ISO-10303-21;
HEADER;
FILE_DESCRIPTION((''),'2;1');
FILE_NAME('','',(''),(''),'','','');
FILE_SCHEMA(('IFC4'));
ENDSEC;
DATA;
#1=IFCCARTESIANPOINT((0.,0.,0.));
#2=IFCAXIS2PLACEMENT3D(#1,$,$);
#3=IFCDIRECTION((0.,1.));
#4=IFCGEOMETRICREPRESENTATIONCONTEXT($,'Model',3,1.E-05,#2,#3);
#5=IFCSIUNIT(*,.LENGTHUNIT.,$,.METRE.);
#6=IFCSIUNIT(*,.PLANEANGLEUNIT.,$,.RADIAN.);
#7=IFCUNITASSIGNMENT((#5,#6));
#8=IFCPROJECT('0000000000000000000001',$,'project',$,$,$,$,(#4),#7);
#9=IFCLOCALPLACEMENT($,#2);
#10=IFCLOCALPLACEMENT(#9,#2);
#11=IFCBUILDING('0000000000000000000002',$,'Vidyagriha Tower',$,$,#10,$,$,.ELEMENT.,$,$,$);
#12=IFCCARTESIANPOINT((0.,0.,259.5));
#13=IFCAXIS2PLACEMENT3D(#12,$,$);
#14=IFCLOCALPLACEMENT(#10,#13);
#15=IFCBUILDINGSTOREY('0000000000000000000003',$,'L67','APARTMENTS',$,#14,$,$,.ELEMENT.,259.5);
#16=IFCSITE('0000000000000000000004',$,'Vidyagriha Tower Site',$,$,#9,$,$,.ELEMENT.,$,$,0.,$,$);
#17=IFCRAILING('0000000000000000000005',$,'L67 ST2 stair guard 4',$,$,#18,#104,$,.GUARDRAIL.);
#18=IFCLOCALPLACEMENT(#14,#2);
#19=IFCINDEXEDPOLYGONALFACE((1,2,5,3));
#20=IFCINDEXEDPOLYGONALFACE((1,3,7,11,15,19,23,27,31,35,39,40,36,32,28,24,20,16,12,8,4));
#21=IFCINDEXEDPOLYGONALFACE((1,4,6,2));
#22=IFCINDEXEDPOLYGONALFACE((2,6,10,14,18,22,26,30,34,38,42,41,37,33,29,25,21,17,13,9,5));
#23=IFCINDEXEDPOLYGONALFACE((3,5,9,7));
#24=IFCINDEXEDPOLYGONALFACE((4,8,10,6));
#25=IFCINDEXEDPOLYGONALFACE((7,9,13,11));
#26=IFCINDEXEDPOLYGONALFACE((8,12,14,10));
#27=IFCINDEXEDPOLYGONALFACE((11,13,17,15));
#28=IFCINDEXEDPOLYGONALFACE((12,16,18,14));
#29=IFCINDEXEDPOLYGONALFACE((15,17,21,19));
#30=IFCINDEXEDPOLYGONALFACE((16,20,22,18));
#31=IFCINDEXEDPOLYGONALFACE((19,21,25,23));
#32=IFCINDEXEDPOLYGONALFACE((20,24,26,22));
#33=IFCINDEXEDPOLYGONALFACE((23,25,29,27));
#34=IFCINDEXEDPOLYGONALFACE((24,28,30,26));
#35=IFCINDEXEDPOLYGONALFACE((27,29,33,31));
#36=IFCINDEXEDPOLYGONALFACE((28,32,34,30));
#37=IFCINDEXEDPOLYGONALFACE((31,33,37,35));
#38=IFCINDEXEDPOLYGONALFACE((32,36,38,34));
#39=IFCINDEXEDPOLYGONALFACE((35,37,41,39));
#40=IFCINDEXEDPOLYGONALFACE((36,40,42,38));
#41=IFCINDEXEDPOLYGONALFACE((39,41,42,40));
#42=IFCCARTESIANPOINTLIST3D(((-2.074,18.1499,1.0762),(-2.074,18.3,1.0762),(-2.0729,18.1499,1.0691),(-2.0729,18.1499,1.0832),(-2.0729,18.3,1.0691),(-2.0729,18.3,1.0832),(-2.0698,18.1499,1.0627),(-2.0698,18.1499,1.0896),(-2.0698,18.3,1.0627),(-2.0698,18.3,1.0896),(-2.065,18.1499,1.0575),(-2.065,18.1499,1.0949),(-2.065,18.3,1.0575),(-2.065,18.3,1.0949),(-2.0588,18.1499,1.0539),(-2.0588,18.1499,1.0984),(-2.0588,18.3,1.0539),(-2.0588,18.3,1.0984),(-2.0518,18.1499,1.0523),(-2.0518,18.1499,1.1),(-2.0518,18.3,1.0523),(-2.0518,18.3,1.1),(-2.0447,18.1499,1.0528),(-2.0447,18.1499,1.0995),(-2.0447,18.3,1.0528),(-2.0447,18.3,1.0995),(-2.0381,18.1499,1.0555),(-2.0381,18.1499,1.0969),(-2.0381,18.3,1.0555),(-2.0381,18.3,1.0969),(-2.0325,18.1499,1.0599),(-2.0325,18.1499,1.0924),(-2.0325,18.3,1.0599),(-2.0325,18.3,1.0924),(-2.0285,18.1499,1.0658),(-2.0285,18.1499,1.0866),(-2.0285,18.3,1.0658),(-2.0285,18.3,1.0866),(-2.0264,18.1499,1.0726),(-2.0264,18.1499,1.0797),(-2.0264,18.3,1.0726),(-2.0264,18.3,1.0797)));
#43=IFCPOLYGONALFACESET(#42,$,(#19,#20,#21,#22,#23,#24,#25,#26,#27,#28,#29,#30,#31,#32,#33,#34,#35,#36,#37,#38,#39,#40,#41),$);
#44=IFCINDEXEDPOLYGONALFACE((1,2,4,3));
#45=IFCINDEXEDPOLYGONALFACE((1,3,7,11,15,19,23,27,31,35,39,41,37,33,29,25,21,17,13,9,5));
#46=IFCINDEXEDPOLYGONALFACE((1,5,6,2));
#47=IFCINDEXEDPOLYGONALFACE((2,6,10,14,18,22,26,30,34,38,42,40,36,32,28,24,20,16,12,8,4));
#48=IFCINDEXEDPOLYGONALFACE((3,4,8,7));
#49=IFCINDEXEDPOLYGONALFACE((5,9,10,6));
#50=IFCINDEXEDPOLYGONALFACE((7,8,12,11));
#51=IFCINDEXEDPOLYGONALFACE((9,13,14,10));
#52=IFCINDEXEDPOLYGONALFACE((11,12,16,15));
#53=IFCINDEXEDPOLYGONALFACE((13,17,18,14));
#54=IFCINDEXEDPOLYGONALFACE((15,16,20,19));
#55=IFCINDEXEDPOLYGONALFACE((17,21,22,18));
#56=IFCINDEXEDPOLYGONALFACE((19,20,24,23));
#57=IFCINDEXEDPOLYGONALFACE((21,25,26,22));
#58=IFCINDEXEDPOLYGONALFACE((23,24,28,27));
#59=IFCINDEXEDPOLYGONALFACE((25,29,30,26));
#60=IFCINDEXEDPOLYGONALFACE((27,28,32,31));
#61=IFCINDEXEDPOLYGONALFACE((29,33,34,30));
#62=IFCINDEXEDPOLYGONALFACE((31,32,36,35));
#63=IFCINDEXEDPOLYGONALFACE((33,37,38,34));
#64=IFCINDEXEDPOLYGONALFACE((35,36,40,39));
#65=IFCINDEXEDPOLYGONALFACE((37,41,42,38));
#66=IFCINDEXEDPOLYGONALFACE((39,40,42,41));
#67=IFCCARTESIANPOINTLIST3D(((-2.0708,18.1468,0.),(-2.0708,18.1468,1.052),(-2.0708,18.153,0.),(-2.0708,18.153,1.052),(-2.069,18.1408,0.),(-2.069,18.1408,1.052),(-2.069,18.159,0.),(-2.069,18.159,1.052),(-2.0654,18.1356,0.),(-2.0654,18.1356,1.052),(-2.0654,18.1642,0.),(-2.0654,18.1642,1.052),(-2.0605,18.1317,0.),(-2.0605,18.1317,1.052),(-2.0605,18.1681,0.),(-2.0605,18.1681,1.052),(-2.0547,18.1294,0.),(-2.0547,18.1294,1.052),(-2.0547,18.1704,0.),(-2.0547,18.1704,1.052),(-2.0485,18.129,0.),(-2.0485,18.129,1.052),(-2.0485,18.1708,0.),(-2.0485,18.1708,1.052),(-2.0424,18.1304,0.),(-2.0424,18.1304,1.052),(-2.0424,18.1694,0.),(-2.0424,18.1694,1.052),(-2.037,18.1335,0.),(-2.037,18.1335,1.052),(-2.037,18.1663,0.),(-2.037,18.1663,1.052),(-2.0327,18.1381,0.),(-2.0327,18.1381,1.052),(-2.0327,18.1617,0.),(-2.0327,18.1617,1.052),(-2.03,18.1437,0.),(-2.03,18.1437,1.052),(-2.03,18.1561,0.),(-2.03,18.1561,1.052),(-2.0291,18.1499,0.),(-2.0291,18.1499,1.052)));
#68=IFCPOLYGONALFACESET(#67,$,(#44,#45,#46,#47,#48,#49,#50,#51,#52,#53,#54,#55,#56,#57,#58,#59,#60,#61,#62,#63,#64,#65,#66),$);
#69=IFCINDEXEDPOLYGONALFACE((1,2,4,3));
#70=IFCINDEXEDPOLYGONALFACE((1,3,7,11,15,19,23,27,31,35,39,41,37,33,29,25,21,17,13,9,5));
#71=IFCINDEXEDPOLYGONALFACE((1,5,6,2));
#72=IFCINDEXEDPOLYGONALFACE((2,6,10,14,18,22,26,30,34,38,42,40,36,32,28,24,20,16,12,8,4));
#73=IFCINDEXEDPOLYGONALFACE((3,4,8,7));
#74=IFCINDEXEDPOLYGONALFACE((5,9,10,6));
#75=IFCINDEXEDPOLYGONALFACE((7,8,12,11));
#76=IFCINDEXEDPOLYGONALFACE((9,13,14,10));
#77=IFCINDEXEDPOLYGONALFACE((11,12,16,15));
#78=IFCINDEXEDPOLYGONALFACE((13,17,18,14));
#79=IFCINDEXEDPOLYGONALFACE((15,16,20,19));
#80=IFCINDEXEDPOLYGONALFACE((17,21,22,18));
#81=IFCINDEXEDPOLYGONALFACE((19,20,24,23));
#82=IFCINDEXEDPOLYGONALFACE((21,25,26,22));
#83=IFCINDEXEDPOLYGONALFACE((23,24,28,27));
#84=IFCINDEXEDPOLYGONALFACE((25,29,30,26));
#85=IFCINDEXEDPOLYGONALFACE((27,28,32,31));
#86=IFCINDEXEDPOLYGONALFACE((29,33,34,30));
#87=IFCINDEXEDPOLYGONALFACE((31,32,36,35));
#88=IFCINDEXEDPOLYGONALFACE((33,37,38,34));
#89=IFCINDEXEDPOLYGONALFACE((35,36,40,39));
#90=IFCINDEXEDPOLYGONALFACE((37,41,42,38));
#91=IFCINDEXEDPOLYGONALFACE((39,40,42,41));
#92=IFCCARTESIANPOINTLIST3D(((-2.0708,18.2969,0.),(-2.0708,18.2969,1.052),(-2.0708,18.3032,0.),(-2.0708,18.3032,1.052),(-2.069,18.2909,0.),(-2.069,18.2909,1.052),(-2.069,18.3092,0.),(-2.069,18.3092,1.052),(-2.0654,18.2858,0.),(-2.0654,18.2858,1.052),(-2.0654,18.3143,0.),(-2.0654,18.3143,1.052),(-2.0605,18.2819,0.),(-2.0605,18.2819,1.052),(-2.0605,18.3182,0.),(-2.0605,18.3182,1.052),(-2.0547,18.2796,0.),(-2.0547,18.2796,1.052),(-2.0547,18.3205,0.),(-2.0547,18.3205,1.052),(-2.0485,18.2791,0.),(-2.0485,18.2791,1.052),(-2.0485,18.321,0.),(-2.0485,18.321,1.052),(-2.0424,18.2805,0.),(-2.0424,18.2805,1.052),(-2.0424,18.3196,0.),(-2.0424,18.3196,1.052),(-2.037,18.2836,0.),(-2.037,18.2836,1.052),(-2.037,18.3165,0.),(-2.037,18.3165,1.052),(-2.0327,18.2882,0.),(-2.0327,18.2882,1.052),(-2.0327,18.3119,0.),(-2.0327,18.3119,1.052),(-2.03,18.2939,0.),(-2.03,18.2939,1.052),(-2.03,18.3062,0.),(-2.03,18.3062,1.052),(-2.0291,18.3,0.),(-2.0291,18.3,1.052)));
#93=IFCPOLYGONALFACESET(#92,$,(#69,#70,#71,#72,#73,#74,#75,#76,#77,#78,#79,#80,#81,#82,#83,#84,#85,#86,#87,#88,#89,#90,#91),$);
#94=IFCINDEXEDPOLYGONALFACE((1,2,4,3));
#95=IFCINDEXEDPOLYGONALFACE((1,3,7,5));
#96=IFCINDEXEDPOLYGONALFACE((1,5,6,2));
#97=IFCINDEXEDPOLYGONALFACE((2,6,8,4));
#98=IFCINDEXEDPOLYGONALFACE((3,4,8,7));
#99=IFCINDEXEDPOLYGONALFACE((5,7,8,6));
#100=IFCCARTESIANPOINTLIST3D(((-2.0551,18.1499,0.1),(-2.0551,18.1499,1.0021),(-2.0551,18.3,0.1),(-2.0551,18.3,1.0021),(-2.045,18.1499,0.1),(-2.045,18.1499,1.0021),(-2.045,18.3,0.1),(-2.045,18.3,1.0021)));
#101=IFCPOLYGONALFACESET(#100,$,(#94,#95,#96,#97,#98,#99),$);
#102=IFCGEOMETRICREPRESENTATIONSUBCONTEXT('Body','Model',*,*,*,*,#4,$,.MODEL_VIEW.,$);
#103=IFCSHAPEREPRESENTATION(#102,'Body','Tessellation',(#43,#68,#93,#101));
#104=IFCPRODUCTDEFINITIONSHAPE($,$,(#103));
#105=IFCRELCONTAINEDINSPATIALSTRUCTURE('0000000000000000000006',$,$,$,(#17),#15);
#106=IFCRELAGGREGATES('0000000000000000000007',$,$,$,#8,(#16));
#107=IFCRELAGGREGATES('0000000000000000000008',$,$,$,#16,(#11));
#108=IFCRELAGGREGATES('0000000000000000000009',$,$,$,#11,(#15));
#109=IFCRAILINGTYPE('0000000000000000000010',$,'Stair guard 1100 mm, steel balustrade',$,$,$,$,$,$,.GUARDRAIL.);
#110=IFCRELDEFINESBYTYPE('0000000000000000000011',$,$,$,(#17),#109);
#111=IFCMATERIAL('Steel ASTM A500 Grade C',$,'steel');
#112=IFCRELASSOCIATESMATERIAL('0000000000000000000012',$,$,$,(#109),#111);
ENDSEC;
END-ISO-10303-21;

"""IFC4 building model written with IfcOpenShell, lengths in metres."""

from ifc_helpers import new_model, si_unit, direction, frame, origin, origin_2d, place, context, subcontext, project, spatial, rectangle, circle, extrude, material, type_object, element, save


model = new_model("IFC4")

# Units and contexts
model_context = context("Model", 3, precision=1e-05, world=origin(), true_north=direction((0.0, 1.0)))
body_context = subcontext(model_context, "Body", "Model", "MODEL_VIEW")
ifc_project = project(units=[si_unit("LENGTHUNIT", "METRE"), si_unit("PLANEANGLEUNIT", "RADIAN")], contexts=[model_context])

# Site, building, storey
site_placement = place(None, origin())
site = spatial("IfcSite", under=ifc_project, at=site_placement, Name="Vidyagriha Tower Site", CompositionType="ELEMENT", RefElevation=0.0)
building_placement = place(site_placement, origin())
building = spatial("IfcBuilding", under=site, at=building_placement, Name="Vidyagriha Tower", CompositionType="ELEMENT")
storey_placement = place(building_placement, frame((0.0, 0.0, 259.5)))
storey = spatial("IfcBuildingStorey", under=building, at=storey_placement, Name="L67", Description="APARTMENTS", CompositionType="ELEMENT", Elevation=259.5)

# Railing
ifc_material_1 = material(Name="Steel ASTM A500 Grade C", Category="steel")
railing_type_1 = type_object("IfcRailingType", Name="Stair guard 1100 mm, steel balustrade", PredefinedType="GUARDRAIL", material=ifc_material_1)
railing_1_placement = place(storey_placement, frame((-2.05, 18.1499, 0.0)))
element("IfcRailing", 1, at=railing_1_placement, inside=storey, type_object=railing_type_1, Name="L67 ST2 stair guard 4", PredefinedType="GUARDRAIL", context=body_context, shape_type="SweptSolid", body=[
    extrude(circle(Radius=0.0239, at=origin_2d()), frame((0.0, 0.0, 1.0762), z_axis=(0.0, 1.0, 0.0), x_axis=(-1.0, 0.0, 0.0)), (0.0, 0.0, 1.0), 0.1501),
    extrude(circle(Radius=0.021, at=origin_2d()), origin(), (0.0, 0.0, 1.0), 1.052),
    extrude(circle(Radius=0.021, at=origin_2d()), frame((0.0, 0.1501, 0.0)), (0.0, 0.0, 1.0), 1.052),
    extrude(rectangle(XDim=0.01, YDim=0.9021, at=origin_2d()), frame((0.0, 0.0, 0.551), z_axis=(0.0, 1.0, 0.0), x_axis=(-1.0, 0.0, 0.0)), (0.0, 0.0, 1.0), 0.1501),
])

save(model, "model.ifc")
